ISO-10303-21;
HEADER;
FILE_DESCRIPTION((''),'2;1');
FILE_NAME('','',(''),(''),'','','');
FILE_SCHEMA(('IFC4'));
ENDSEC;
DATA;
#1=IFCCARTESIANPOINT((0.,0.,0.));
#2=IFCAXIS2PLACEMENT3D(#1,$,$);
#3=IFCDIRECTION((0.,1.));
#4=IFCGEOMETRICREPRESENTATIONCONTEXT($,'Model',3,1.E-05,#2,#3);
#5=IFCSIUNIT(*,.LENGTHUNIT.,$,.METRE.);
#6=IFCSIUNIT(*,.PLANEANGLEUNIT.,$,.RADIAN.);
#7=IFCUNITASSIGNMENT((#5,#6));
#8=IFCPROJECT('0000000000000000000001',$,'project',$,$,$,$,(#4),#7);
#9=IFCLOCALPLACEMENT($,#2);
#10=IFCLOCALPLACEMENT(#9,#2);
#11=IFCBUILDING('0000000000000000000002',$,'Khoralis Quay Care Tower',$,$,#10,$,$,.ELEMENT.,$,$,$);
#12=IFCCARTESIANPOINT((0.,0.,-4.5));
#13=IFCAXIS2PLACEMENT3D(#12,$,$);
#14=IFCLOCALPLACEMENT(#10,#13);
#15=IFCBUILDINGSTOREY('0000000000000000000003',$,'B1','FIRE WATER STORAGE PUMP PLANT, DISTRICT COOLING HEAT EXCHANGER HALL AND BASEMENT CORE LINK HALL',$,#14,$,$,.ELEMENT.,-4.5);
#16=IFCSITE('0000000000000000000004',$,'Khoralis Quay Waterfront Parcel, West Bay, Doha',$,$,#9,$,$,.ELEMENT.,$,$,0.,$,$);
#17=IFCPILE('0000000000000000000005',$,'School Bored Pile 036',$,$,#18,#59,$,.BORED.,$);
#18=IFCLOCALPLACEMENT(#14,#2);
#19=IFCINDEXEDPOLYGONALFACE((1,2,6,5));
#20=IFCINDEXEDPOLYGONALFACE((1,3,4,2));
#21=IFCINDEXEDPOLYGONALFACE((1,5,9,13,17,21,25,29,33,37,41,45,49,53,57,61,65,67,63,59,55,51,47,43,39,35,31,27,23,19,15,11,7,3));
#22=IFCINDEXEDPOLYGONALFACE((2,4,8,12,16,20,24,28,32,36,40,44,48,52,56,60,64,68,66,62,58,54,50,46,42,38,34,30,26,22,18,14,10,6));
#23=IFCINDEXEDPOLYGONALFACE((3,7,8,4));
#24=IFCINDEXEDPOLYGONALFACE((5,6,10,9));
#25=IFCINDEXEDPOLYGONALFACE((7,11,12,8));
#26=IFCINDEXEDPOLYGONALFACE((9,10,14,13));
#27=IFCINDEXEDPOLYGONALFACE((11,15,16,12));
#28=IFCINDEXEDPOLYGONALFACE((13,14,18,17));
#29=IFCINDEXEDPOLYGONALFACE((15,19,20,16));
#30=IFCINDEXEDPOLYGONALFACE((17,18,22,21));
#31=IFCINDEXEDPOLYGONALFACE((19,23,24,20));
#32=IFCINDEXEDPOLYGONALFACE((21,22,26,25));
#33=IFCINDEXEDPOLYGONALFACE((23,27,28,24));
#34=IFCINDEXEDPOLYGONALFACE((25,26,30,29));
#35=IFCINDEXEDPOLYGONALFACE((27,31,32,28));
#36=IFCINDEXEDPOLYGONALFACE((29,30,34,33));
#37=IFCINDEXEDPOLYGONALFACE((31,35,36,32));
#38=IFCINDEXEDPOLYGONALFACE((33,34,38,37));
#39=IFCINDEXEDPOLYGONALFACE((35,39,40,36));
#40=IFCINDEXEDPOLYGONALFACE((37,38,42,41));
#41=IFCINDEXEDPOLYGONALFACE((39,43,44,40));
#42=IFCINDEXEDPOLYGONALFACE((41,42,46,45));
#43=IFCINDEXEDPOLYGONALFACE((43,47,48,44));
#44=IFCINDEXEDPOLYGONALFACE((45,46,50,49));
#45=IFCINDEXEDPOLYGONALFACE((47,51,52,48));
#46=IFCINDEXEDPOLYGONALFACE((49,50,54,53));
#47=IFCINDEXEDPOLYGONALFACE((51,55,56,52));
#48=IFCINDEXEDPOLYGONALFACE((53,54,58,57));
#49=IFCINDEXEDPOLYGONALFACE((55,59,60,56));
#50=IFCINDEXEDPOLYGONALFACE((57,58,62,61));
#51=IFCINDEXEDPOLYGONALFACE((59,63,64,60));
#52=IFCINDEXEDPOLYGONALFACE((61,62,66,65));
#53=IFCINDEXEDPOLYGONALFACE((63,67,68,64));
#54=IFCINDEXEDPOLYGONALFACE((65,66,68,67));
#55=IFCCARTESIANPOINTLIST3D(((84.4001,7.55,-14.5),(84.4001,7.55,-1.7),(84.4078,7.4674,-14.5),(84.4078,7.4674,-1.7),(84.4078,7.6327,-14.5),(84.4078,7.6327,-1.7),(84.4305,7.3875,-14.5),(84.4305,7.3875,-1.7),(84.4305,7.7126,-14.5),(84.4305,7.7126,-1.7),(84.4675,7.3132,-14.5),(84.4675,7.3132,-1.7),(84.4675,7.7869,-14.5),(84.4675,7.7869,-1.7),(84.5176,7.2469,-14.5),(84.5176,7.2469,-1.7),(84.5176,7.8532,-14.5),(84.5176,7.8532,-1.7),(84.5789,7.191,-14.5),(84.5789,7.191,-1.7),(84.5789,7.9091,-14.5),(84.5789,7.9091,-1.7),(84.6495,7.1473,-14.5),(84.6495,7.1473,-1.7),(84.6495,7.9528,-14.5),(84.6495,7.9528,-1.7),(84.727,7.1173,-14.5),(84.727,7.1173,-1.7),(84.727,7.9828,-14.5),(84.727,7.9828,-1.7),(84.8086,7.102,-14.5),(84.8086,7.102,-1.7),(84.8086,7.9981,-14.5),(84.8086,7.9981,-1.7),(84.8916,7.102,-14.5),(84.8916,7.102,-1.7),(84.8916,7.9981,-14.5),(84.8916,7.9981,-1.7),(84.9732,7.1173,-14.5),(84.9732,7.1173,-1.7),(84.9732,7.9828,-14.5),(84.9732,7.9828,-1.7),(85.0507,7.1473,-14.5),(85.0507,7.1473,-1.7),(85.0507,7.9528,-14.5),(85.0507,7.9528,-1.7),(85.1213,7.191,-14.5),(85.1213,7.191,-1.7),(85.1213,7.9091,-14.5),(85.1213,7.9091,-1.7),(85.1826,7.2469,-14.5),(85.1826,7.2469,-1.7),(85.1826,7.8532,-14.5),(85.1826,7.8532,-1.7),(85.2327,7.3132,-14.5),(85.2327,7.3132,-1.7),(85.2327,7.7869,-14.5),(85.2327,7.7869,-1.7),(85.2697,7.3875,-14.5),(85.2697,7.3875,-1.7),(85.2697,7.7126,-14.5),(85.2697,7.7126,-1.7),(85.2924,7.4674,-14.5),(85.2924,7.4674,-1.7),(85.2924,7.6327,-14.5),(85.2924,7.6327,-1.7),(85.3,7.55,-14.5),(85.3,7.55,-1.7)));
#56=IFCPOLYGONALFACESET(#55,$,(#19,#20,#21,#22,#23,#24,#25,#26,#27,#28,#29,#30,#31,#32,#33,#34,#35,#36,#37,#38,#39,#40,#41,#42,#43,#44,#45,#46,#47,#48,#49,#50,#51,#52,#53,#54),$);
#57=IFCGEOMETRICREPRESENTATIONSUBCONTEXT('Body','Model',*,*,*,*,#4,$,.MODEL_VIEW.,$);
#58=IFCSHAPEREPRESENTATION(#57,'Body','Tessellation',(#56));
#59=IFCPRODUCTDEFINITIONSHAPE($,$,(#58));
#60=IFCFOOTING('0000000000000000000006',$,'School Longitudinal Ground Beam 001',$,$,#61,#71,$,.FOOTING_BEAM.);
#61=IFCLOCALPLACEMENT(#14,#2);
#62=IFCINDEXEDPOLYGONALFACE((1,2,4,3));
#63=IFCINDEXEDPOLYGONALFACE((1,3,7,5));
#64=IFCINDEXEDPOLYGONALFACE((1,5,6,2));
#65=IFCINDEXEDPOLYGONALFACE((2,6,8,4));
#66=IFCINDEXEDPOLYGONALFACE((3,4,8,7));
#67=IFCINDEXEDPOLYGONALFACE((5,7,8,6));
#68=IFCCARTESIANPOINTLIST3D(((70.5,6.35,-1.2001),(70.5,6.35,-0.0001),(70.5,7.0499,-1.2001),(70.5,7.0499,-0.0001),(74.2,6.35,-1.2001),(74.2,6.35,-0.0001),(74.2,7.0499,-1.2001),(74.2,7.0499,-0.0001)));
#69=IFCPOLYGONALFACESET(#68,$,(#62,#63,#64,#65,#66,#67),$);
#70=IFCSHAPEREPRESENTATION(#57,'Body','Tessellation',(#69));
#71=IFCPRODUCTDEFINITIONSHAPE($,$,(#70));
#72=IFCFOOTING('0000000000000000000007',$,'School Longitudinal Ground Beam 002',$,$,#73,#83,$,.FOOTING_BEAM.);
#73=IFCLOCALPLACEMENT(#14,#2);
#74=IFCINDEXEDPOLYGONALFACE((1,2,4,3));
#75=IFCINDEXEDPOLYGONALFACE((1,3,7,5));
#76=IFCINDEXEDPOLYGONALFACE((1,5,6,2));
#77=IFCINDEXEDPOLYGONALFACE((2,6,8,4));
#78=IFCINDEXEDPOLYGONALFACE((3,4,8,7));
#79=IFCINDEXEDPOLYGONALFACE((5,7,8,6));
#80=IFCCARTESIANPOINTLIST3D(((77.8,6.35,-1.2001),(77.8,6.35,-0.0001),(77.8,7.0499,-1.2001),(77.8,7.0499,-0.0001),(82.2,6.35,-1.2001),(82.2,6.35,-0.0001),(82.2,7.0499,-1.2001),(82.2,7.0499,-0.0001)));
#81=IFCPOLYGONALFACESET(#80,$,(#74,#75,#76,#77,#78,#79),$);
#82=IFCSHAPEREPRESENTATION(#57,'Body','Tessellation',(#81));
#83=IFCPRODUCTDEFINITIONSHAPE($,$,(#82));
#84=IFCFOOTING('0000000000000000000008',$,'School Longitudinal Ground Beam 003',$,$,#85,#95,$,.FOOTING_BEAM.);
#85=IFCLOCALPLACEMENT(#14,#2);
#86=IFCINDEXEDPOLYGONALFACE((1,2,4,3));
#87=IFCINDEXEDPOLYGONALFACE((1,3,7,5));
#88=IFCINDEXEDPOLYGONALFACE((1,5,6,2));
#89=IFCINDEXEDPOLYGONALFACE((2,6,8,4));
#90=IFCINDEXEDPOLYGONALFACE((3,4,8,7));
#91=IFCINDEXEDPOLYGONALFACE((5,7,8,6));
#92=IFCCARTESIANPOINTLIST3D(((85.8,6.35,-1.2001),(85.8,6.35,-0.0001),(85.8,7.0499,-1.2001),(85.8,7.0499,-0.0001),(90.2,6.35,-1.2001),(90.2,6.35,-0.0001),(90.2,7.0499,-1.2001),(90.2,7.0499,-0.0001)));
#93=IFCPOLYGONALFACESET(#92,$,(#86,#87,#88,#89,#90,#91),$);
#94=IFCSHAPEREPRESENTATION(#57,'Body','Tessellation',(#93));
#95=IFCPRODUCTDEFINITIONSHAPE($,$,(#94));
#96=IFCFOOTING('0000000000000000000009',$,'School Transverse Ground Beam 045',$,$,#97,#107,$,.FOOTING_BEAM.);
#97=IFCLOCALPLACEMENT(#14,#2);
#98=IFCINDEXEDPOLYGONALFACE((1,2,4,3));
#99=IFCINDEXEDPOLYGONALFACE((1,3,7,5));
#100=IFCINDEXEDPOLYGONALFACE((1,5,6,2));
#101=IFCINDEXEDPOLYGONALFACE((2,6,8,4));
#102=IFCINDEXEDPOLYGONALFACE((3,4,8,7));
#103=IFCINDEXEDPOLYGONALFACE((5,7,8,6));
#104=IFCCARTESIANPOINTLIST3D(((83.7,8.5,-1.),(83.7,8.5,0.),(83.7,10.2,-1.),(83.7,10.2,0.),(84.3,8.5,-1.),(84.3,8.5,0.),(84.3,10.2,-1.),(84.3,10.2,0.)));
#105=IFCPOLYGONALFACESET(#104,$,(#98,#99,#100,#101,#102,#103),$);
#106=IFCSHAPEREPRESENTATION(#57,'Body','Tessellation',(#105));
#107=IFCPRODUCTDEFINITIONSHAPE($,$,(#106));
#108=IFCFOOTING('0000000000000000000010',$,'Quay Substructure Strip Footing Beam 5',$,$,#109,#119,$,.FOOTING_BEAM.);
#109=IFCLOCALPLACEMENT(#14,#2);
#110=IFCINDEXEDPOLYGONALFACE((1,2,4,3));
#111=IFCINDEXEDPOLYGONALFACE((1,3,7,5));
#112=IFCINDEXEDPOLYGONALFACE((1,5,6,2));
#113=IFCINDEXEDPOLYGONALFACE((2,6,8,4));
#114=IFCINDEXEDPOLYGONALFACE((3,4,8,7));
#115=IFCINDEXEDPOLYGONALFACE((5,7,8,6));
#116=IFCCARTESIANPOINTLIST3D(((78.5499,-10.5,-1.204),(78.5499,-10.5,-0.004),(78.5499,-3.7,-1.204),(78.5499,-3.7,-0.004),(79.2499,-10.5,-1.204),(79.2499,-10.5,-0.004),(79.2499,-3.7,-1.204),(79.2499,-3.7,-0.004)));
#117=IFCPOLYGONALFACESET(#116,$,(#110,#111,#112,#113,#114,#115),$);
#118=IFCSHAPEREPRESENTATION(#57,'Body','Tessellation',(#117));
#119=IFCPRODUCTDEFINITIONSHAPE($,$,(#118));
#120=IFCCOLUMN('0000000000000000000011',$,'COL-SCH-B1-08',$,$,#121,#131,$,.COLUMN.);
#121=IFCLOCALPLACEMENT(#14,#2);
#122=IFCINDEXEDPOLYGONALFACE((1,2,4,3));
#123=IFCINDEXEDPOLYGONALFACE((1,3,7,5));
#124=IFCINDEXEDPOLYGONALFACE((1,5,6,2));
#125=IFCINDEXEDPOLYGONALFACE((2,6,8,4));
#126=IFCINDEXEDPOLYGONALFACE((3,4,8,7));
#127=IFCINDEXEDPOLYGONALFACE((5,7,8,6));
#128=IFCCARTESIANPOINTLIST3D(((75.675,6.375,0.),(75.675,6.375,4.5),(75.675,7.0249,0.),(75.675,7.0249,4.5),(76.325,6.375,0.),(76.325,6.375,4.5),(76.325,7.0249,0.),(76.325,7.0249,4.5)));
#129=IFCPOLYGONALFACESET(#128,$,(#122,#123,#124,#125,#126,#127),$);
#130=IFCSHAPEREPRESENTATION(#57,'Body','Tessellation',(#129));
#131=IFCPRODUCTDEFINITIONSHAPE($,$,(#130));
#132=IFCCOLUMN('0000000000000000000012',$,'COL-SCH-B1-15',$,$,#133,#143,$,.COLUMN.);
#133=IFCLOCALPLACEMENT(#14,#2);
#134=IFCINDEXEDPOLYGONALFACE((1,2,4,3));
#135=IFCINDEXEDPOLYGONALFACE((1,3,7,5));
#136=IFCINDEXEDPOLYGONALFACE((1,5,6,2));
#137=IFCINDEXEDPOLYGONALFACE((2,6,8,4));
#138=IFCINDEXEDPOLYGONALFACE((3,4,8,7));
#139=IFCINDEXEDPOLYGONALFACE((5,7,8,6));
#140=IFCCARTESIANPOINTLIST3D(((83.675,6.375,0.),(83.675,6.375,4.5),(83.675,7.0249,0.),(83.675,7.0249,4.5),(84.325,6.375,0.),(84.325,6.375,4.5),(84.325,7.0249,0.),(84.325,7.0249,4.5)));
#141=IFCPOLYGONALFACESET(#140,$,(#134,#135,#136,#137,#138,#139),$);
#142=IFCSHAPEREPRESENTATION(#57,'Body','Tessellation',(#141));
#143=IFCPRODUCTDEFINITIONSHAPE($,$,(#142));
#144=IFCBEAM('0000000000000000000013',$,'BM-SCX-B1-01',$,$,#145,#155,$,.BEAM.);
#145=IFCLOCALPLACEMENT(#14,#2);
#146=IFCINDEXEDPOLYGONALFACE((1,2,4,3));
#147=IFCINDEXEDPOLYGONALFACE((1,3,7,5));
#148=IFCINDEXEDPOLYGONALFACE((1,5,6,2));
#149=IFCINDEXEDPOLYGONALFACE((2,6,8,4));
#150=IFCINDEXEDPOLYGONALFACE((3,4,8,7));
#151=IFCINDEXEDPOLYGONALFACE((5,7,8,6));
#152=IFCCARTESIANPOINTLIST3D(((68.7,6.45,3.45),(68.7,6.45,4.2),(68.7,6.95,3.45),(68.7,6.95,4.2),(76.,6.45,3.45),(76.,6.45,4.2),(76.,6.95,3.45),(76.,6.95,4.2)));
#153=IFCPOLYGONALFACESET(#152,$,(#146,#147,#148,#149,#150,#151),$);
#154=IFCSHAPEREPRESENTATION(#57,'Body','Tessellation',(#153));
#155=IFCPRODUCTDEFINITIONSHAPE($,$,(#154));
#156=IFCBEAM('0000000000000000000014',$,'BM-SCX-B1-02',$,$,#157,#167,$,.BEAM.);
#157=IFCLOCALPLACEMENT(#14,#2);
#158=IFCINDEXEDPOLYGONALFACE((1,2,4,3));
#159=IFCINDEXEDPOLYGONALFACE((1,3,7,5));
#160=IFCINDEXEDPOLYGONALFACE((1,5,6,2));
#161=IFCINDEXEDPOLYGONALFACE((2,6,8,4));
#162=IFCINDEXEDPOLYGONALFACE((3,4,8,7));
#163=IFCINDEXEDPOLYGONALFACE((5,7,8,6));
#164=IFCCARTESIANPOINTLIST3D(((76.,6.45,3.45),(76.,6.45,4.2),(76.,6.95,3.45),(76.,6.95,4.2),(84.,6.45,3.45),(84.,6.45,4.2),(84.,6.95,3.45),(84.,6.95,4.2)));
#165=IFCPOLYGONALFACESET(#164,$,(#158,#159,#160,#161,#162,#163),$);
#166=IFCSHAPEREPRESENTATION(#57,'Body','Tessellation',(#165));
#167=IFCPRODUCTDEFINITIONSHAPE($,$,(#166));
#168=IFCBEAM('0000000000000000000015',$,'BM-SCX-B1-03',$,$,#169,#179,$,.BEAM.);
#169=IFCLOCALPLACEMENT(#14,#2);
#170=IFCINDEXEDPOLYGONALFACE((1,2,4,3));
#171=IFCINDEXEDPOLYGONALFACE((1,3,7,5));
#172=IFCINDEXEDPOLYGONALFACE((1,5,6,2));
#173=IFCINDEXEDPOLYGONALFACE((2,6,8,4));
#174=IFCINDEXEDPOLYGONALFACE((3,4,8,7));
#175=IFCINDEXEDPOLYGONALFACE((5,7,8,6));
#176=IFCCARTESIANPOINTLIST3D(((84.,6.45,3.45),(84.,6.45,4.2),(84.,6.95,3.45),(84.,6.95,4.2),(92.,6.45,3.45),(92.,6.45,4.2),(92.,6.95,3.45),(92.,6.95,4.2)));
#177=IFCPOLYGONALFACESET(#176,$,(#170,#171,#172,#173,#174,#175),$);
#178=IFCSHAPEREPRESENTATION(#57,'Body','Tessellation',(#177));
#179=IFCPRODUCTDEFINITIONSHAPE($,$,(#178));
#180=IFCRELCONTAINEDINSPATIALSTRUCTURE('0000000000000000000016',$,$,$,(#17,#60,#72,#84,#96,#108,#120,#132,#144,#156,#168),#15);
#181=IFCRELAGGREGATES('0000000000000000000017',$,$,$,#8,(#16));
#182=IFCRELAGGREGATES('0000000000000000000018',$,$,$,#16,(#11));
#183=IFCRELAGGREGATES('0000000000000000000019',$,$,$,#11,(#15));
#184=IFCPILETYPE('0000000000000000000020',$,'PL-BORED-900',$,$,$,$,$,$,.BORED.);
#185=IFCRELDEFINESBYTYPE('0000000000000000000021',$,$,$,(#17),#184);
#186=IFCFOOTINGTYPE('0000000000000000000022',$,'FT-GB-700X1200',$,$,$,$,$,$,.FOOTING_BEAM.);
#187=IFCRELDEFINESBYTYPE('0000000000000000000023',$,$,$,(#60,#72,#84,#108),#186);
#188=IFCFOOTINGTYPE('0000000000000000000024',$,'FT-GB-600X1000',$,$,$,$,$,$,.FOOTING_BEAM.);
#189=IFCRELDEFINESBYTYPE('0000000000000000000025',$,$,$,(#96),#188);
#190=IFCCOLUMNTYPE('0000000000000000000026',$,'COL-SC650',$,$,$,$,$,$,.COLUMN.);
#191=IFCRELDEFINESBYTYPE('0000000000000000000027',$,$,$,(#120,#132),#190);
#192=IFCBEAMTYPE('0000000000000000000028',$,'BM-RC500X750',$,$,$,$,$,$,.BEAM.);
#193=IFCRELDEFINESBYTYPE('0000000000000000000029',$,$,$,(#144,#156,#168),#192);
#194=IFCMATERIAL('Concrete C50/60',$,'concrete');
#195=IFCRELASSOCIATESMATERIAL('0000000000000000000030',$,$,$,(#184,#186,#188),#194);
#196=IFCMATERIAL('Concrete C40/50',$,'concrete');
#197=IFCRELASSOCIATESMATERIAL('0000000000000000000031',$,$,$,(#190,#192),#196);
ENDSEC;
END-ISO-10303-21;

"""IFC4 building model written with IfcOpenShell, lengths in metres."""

from ifc_helpers import new_model, si_unit, direction, frame, origin, origin_2d, place, context, subcontext, project, spatial, rectangle, circle, extrude, source, transform, mapped, material, material_profile, profile_set, type_object, element, save


model = new_model("IFC4")

# Units and contexts
model_context = context("Model", 3, precision=1e-05, world=origin(), true_north=direction((0.0, 1.0)))
body_context = subcontext(model_context, "Body", "Model", "MODEL_VIEW")
ifc_project = project(units=[si_unit("LENGTHUNIT", "METRE"), si_unit("PLANEANGLEUNIT", "RADIAN")], contexts=[model_context])

# Site, building, storey
site_placement = place(None, origin())
site = spatial("IfcSite", under=ifc_project, at=site_placement, Name="Khoralis Quay Waterfront Parcel, West Bay, Doha", CompositionType="ELEMENT", RefElevation=0.0)
building_placement = place(site_placement, origin())
building = spatial("IfcBuilding", under=site, at=building_placement, Name="Khoralis Quay Care Tower", CompositionType="ELEMENT")
storey_placement = place(building_placement, frame((0.0, 0.0, -4.5)))
storey = spatial("IfcBuildingStorey", under=building, at=storey_placement, Name="B1", Description="FIRE WATER STORAGE PUMP PLANT, DISTRICT COOLING HEAT EXCHANGER HALL AND BASEMENT CORE LINK HALL", CompositionType="ELEMENT", Elevation=-4.5)

# Shared definitions
ifc_material_1 = material(Name="Concrete C50/60", Category="concrete")

# Pile
ifc_material_profile_1 = material_profile(ifc_material_1, circle(Radius=0.45, at=origin_2d()), Name="Concrete C50/60")
ifc_profile_set_1 = profile_set([ifc_material_profile_1], Name="Concrete C50/60")
pile_type = type_object("IfcPileType", Name="PL-BORED-900", PredefinedType="BORED", material=ifc_profile_set_1)
shared_shape_1 = source(origin(), body_context, "Body", "SweptSolid", [
    extrude(circle(Radius=0.45, at=origin_2d()), origin(), (0.0, 0.0, 1.0), 12.8),
])
for number, where, z_axis, x_axis, name in (
    (1, (84.8501, 7.55, -1.7), (0.0, 0.0, -1.0), (1.0, 0.0, 0.0), "School Bored Pile 036"),
):
    element("IfcPile", number, at=place(storey_placement, frame(where, z_axis=z_axis, x_axis=x_axis)), inside=storey, type_object=pile_type, Name=name, PredefinedType="BORED", context=body_context, shape_type="MappedRepresentation", body=[
        mapped(shared_shape_1, transform((0.0, 0.0, 0.0), scale=1.0)),
    ])

# Footings
ifc_material_profile_2 = material_profile(ifc_material_1, rectangle(XDim=0.7, YDim=1.2, at=origin_2d()), Name="Concrete C50/60")
ifc_profile_set_2 = profile_set([ifc_material_profile_2], Name="Concrete C50/60")
footing_type_1 = type_object("IfcFootingType", Name="FT-GB-700X1200", PredefinedType="FOOTING_BEAM", material=ifc_profile_set_2)
shared_shape_2 = source(origin(), body_context, "Body", "SweptSolid", [
    extrude(rectangle(XDim=0.7, YDim=1.2, at=origin_2d()), origin(), (0.0, 0.0, 1.0), 3.7),
])
footing_1_placement = place(storey_placement, frame((70.5, 6.7, -0.6001), z_axis=(1.0, 0.0, 0.0), x_axis=(0.0, 1.0, 0.0)))
element("IfcFooting", 2, at=footing_1_placement, inside=storey, type_object=footing_type_1, Name="School Longitudinal Ground Beam 001", PredefinedType="FOOTING_BEAM", context=body_context, shape_type="MappedRepresentation", body=[
    mapped(shared_shape_2, transform((0.0, 0.0, 0.0), scale=1.0)),
])
shared_shape_3 = source(origin(), body_context, "Body", "SweptSolid", [
    extrude(rectangle(XDim=0.7, YDim=1.2, at=origin_2d()), origin(), (0.0, 0.0, 1.0), 4.3999),
])
for number, where, z_axis, x_axis, name in (
    (3, (77.8, 6.7, -0.6001), (1.0, 0.0, 0.0), (0.0, 1.0, 0.0), "School Longitudinal Ground Beam 002"),
    (4, (85.8, 6.7, -0.6001), (1.0, 0.0, 0.0), (0.0, 1.0, 0.0), "School Longitudinal Ground Beam 003"),
):
    element("IfcFooting", number, at=place(storey_placement, frame(where, z_axis=z_axis, x_axis=x_axis)), inside=storey, type_object=footing_type_1, Name=name, PredefinedType="FOOTING_BEAM", context=body_context, shape_type="MappedRepresentation", body=[
        mapped(shared_shape_3, transform((0.0, 0.0, 0.0), scale=1.0)),
    ])
ifc_material_profile_3 = material_profile(ifc_material_1, rectangle(XDim=0.6001, YDim=1.0, at=origin_2d()), Name="Concrete C50/60")
ifc_profile_set_3 = profile_set([ifc_material_profile_3], Name="Concrete C50/60")
footing_type_2 = type_object("IfcFootingType", Name="FT-GB-600X1000", PredefinedType="FOOTING_BEAM", material=ifc_profile_set_3)
shared_shape_4 = source(origin(), body_context, "Body", "SweptSolid", [
    extrude(rectangle(XDim=0.6001, YDim=1.0, at=origin_2d()), origin(), (0.0, 0.0, 1.0), 1.7),
])
footing_2_placement = place(storey_placement, frame((84.0, 8.5, -0.5), z_axis=(0.0, 1.0, 0.0), x_axis=(-1.0, 0.0, 0.0)))
element("IfcFooting", 5, at=footing_2_placement, inside=storey, type_object=footing_type_2, Name="School Transverse Ground Beam 045", PredefinedType="FOOTING_BEAM", context=body_context, shape_type="MappedRepresentation", body=[
    mapped(shared_shape_4, transform((0.0, 0.0, 0.0), scale=1.0)),
])
shared_shape_5 = source(origin(), body_context, "Body", "SweptSolid", [
    extrude(rectangle(XDim=0.7, YDim=1.2, at=origin_2d()), origin(), (0.0, 0.0, 1.0), 6.8),
])
footing_3_placement = place(storey_placement, frame((78.8999, -10.5, -0.604), z_axis=(0.0, 1.0, 0.0), x_axis=(-1.0, 0.0, 0.0)))
element("IfcFooting", 6, at=footing_3_placement, inside=storey, type_object=footing_type_1, Name="Quay Substructure Strip Footing Beam 5", PredefinedType="FOOTING_BEAM", context=body_context, shape_type="MappedRepresentation", body=[
    mapped(shared_shape_5, transform((0.0, 0.0, 0.0), scale=1.0)),
])

# Columns
ifc_material_2 = material(Name="Concrete C40/50", Category="concrete")
ifc_material_profile_4 = material_profile(ifc_material_2, rectangle(XDim=0.6499, YDim=0.6499, at=origin_2d()), Name="Concrete C40/50")
ifc_profile_set_4 = profile_set([ifc_material_profile_4], Name="Concrete C40/50")
column_type = type_object("IfcColumnType", Name="COL-SC650", PredefinedType="COLUMN", material=ifc_profile_set_4)
shared_shape_6 = source(origin(), body_context, "Body", "SweptSolid", [
    extrude(rectangle(XDim=0.6499, YDim=0.6499, at=origin_2d()), origin(), (0.0, 0.0, 1.0), 4.5),
])
for number, where, z_axis, x_axis, name in (
    (7, (76.0, 6.7, 0.0), (0.0, 0.0, 1.0), (1.0, 0.0, 0.0), "COL-SCH-B1-08"),
    (8, (84.0, 6.7, 0.0), (0.0, 0.0, 1.0), (1.0, 0.0, 0.0), "COL-SCH-B1-15"),
):
    element("IfcColumn", number, at=place(storey_placement, frame(where, z_axis=z_axis, x_axis=x_axis)), inside=storey, type_object=column_type, Name=name, PredefinedType="COLUMN", context=body_context, shape_type="MappedRepresentation", body=[
        mapped(shared_shape_6, transform((0.0, 0.0, 0.0), scale=1.0)),
    ])

# Beams
ifc_material_profile_5 = material_profile(ifc_material_2, rectangle(XDim=0.5, YDim=0.75, at=origin_2d()), Name="Concrete C40/50")
ifc_profile_set_5 = profile_set([ifc_material_profile_5], Name="Concrete C40/50")
beam_type_1 = type_object("IfcBeamType", Name="BM-RC500X750", PredefinedType="BEAM", material=ifc_profile_set_5)
shared_shape_7 = source(origin(), body_context, "Body", "SweptSolid", [
    extrude(rectangle(XDim=0.5, YDim=0.75, at=origin_2d()), origin(), (0.0, 0.0, 1.0), 7.3),
])
beam_1_placement = place(storey_placement, frame((68.7, 6.7, 3.825), z_axis=(1.0, 0.0, 0.0), x_axis=(0.0, 1.0, 0.0)))
element("IfcBeam", 9, at=beam_1_placement, inside=storey, type_object=beam_type_1, Name="BM-SCX-B1-01", PredefinedType="BEAM", context=body_context, shape_type="MappedRepresentation", body=[
    mapped(shared_shape_7, transform((0.0, 0.0, 0.0), scale=1.0)),
])
shared_shape_8 = source(origin(), body_context, "Body", "SweptSolid", [
    extrude(rectangle(XDim=0.5, YDim=0.75, at=origin_2d()), origin(), (0.0, 0.0, 1.0), 8.0),
])
for number, where, z_axis, x_axis, name in (
    (10, (76.0, 6.7, 3.825), (1.0, 0.0, 0.0), (0.0, 1.0, 0.0), "BM-SCX-B1-02"),
    (11, (84.0, 6.7, 3.825), (1.0, 0.0, 0.0), (0.0, 1.0, 0.0), "BM-SCX-B1-03"),
):
    element("IfcBeam", number, at=place(storey_placement, frame(where, z_axis=z_axis, x_axis=x_axis)), inside=storey, type_object=beam_type_1, Name=name, PredefinedType="BEAM", context=body_context, shape_type="MappedRepresentation", body=[
        mapped(shared_shape_8, transform((0.0, 0.0, 0.0), scale=1.0)),
    ])

save(model, "model.ifc")
